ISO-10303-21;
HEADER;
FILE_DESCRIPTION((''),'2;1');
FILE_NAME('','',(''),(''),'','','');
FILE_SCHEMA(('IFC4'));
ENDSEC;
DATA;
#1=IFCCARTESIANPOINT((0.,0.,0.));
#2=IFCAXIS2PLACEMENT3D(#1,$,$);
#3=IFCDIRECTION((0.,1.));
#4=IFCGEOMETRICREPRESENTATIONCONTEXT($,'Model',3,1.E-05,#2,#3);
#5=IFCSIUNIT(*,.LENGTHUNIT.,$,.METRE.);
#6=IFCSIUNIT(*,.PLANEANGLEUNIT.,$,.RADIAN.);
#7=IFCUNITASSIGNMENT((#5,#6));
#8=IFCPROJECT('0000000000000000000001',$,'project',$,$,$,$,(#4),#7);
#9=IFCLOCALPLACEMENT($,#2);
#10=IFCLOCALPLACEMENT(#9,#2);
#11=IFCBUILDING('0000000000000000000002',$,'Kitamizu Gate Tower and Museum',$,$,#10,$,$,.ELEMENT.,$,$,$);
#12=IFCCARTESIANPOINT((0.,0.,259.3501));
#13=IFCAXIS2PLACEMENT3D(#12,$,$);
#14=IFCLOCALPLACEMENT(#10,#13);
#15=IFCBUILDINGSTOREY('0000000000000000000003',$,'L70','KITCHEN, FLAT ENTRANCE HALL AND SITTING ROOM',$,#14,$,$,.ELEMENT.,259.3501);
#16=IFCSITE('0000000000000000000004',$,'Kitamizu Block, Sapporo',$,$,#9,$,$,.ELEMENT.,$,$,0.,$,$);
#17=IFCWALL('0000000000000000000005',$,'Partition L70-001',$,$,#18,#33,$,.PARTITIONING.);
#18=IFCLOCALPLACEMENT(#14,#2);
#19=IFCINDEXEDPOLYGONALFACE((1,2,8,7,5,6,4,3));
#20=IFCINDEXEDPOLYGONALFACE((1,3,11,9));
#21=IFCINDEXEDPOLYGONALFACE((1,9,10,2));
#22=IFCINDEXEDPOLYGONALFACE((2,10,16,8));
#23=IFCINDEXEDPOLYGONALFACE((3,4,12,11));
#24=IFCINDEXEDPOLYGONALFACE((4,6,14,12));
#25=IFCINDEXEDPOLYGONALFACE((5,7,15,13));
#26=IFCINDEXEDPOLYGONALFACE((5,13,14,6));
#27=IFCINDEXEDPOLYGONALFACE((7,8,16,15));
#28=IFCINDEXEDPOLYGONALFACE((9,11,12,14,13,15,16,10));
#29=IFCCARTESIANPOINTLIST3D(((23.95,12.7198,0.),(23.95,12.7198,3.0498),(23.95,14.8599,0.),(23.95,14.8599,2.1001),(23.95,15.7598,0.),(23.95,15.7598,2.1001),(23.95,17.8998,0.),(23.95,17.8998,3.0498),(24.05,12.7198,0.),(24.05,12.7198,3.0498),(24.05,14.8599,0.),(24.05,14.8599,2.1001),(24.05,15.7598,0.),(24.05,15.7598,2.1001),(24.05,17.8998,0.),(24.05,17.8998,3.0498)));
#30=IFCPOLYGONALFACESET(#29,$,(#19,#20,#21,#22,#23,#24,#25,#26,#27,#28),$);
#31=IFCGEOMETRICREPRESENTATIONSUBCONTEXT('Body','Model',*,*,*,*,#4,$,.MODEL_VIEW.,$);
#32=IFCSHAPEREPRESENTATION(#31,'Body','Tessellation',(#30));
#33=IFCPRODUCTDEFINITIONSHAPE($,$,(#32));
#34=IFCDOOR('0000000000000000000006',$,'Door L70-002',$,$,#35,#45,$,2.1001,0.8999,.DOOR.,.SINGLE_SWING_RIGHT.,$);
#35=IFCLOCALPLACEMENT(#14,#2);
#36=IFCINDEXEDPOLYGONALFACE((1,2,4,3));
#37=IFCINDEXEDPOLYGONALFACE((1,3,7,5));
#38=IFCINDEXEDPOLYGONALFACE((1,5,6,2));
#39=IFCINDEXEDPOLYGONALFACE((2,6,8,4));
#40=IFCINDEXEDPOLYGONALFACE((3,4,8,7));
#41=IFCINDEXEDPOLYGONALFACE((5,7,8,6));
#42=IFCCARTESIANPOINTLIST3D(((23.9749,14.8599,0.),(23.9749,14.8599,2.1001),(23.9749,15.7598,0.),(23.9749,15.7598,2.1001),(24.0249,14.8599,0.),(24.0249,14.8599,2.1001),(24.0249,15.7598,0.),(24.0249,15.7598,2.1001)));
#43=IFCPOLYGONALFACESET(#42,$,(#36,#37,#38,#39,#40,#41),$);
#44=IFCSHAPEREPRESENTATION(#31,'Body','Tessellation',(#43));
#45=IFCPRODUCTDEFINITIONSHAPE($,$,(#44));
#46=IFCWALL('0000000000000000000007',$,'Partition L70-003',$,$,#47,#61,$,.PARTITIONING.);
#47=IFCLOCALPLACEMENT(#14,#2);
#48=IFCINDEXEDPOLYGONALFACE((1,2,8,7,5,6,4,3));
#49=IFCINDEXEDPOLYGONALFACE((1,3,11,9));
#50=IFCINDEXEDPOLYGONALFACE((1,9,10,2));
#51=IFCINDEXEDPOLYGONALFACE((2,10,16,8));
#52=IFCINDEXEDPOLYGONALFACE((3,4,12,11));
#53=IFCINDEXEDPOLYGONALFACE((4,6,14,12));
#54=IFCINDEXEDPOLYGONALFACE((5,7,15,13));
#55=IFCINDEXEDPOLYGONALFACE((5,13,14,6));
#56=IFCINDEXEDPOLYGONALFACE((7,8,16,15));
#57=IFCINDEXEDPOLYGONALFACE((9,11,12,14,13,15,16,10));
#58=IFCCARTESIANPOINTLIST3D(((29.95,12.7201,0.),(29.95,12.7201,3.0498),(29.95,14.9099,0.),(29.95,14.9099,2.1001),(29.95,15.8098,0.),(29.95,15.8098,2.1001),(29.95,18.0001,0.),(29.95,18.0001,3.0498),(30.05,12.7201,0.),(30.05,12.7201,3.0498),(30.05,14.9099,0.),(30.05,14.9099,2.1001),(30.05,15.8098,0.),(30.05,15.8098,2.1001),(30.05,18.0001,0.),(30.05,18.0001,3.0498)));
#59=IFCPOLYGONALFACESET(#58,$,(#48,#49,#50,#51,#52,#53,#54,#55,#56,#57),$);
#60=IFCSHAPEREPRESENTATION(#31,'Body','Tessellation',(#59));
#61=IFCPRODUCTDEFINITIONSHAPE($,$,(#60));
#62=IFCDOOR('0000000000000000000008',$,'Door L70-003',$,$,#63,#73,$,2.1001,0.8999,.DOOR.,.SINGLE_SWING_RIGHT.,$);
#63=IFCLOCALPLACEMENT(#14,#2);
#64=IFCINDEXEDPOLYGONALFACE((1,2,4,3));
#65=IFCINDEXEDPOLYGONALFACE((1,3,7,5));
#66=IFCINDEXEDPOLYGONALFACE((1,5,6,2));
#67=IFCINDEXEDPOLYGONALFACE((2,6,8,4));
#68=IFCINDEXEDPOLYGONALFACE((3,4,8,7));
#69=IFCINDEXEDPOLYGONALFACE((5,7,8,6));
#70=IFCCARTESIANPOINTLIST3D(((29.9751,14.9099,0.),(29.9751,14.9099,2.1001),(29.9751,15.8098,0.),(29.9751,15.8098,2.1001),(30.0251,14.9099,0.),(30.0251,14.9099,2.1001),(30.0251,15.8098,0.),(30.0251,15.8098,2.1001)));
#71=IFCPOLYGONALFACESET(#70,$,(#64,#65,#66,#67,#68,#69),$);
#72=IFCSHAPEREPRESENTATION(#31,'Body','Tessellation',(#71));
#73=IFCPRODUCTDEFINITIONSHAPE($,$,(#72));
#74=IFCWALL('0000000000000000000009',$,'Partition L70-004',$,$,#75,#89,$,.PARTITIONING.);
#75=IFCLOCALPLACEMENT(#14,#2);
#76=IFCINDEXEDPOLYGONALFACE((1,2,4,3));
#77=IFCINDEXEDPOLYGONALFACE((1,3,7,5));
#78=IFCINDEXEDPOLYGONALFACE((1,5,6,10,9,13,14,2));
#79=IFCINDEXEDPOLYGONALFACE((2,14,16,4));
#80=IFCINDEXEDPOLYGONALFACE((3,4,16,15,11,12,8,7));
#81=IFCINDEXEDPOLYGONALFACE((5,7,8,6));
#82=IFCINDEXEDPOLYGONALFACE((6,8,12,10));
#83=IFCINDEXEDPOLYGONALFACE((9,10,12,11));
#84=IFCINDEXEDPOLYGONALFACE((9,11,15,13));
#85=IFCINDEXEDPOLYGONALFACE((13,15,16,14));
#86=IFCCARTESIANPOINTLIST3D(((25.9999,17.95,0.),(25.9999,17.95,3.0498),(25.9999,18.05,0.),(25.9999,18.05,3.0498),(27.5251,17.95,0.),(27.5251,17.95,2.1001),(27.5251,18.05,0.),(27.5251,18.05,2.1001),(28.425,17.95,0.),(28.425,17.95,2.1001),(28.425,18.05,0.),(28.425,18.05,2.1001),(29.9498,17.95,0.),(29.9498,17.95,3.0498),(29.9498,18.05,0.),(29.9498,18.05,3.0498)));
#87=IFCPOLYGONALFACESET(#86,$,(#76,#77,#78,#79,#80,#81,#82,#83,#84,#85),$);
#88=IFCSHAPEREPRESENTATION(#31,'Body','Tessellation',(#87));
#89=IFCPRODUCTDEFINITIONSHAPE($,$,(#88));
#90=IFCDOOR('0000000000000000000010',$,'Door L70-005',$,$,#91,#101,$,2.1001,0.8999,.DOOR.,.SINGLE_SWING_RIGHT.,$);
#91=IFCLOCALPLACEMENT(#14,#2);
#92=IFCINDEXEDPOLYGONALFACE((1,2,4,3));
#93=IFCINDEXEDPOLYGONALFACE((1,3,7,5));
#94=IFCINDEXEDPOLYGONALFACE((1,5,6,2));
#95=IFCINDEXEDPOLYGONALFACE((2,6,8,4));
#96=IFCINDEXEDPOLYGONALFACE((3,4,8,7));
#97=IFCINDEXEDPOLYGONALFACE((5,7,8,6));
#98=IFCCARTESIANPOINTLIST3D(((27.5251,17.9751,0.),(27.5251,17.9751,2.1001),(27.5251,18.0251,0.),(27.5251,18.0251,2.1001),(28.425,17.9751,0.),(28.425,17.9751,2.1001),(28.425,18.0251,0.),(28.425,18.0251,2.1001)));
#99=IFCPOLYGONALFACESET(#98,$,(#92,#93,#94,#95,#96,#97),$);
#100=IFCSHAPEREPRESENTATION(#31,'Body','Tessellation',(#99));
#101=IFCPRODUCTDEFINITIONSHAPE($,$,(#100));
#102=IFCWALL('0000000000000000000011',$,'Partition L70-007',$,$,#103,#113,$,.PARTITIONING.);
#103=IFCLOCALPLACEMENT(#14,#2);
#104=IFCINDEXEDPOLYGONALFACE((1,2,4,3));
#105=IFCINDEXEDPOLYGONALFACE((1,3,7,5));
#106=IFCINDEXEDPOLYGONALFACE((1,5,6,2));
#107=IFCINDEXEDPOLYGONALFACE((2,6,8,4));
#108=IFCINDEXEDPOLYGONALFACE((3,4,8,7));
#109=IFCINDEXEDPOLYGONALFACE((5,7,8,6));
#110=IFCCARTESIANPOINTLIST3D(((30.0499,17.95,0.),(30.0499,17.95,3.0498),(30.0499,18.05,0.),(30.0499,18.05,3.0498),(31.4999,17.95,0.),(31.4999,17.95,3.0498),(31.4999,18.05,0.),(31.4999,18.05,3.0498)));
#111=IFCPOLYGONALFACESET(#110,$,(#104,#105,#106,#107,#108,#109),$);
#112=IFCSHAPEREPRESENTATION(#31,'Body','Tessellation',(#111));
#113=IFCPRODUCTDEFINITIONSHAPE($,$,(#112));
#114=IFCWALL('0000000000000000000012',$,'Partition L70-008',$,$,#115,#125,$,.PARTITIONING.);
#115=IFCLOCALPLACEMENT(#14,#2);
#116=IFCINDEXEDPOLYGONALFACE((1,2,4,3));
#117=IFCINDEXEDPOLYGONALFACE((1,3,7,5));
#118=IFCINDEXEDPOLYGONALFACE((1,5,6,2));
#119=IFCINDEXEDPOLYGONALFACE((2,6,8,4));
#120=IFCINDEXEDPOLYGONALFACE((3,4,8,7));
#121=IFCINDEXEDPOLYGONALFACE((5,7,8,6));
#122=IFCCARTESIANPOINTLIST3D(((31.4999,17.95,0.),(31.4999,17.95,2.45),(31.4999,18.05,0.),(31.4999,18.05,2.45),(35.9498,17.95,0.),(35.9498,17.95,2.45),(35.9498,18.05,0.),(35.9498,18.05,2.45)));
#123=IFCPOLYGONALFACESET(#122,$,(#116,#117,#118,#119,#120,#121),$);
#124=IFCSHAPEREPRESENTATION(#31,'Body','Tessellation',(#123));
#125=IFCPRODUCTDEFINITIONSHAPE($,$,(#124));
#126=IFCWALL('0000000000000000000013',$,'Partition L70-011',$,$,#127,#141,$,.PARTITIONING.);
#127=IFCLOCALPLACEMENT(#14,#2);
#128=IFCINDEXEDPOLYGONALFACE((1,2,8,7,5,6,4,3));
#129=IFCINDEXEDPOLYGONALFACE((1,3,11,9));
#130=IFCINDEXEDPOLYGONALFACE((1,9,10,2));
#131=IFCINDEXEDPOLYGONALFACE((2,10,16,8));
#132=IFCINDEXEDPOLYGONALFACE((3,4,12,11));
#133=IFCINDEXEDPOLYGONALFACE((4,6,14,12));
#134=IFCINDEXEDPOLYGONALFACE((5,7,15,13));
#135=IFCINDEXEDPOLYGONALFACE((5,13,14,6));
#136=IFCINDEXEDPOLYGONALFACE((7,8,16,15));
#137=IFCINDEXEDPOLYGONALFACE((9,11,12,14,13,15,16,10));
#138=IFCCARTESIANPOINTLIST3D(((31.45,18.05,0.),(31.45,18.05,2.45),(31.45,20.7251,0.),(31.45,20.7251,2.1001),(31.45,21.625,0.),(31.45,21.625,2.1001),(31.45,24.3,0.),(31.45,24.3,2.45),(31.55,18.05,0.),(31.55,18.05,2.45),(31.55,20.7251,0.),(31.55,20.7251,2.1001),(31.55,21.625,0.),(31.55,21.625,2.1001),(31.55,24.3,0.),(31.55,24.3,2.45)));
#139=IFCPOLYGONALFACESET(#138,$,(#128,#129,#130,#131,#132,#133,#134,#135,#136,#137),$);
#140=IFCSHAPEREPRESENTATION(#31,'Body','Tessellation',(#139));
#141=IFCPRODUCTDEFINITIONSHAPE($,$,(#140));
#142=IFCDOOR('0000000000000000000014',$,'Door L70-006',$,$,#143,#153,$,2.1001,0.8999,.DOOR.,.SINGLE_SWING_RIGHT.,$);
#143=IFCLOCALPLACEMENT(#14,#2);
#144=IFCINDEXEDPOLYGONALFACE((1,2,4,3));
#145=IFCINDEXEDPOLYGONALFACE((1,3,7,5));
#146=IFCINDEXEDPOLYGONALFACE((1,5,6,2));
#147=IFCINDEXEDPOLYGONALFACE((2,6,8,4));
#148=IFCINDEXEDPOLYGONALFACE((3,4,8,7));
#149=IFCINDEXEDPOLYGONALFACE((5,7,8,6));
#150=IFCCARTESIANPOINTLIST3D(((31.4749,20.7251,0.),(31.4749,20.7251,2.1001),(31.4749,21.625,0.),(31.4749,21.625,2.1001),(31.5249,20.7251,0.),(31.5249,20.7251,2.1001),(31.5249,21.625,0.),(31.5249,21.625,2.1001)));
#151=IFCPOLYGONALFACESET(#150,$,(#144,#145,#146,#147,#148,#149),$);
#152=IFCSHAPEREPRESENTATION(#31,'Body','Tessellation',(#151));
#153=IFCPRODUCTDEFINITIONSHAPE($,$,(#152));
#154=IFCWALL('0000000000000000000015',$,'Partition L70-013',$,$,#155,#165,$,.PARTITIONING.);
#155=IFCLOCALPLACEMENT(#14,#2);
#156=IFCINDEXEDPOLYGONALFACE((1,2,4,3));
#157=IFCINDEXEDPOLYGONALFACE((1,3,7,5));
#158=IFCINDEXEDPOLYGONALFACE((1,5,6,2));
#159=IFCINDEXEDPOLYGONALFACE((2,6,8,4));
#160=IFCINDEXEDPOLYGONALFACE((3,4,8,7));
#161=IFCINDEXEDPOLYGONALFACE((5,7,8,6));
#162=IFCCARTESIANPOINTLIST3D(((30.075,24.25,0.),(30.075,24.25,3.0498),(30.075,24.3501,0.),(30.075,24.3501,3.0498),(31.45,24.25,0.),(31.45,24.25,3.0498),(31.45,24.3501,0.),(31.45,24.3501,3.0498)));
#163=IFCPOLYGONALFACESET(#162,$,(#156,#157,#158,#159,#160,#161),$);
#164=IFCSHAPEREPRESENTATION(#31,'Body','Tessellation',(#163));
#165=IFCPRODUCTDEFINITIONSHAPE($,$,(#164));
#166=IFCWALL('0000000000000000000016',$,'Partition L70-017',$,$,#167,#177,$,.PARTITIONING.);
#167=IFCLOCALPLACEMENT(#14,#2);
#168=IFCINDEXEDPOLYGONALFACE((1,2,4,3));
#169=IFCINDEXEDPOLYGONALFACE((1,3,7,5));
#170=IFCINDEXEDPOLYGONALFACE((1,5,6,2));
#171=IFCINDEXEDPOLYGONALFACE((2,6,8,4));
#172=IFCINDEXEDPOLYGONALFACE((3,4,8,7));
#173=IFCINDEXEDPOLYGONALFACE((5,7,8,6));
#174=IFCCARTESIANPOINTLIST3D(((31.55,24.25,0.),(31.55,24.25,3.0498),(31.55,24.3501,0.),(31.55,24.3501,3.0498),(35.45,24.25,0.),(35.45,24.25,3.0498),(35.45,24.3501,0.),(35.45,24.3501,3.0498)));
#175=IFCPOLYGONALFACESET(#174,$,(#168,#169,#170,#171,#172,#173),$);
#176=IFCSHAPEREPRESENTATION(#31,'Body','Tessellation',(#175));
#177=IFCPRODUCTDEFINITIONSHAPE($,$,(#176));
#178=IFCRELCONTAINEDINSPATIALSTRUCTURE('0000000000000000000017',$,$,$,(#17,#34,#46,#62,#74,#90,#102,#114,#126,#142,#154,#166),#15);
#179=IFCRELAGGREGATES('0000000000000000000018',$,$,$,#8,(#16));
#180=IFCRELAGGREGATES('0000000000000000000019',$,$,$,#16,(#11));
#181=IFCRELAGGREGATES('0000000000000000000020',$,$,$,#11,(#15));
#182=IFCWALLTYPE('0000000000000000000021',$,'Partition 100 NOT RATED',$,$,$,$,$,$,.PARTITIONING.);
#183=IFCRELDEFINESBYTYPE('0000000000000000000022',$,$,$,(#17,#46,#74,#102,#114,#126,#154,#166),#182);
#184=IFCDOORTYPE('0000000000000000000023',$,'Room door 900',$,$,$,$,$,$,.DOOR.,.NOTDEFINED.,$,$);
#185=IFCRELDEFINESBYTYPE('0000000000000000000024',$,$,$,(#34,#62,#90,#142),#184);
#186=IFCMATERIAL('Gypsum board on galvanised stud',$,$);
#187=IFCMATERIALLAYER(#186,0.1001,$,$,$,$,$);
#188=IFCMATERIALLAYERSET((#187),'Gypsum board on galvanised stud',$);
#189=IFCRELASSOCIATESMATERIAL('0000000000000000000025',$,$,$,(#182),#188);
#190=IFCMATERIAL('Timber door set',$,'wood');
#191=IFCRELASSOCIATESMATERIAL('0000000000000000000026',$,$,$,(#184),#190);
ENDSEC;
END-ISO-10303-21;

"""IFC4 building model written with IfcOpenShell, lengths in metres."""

from ifc_helpers import new_model, si_unit, direction, frame, frame_2d, origin, place, context, subcontext, project, spatial, rectangle, extrude, material, layer, layer_set, type_object, element, fill, save


model = new_model("IFC4")

# Units and contexts
model_context = context("Model", 3, precision=1e-05, world=origin(), true_north=direction((0.0, 1.0)))
body_context = subcontext(model_context, "Body", "Model", "MODEL_VIEW")
ifc_project = project(units=[si_unit("LENGTHUNIT", "METRE"), si_unit("PLANEANGLEUNIT", "RADIAN")], contexts=[model_context])

# Site, building, storey
site_placement = place(None, origin())
site = spatial("IfcSite", under=ifc_project, at=site_placement, Name="Kitamizu Block, Sapporo", CompositionType="ELEMENT", RefElevation=0.0)
building_placement = place(site_placement, origin())
building = spatial("IfcBuilding", under=site, at=building_placement, Name="Kitamizu Gate Tower and Museum", CompositionType="ELEMENT")
storey_placement = place(building_placement, frame((0.0, 0.0, 259.3501)))
storey = spatial("IfcBuildingStorey", under=building, at=storey_placement, Name="L70", Description="KITCHEN, FLAT ENTRANCE HALL AND SITTING ROOM", CompositionType="ELEMENT", Elevation=259.3501)

# Walls, openings, doors
ifc_material_1 = material(Name="Gypsum board on galvanised stud")
ifc_layer_1 = layer(ifc_material_1, 0.1001)
ifc_layer_set_1 = layer_set([ifc_layer_1], Name="Gypsum board on galvanised stud")
wall_type_1 = type_object("IfcWallType", Name="Partition 100 NOT RATED", PredefinedType="PARTITIONING", material=ifc_layer_set_1)
wall_1_placement = place(storey_placement, frame((24.0, 12.72, 0.0), z_axis=(0.0, 0.0, 1.0), x_axis=(0.0, 1.0, 0.0)))
wall_1 = element("IfcWall", 1, at=wall_1_placement, inside=storey, type_object=wall_type_1, Name="Partition L70-001", PredefinedType="PARTITIONING", context=body_context, shape_type="SweptSolid", body=[
    extrude(rectangle(XDim=5.1799, YDim=0.1001, at=frame_2d((2.5898, 0.0))), origin(), (0.0, 0.0, 1.0), 3.0498),
])
opening_1_placement = place(wall_1_placement, frame((2.1399, 0.0, 0.0)))
opening_1 = element("IfcOpeningElement", 2, at=opening_1_placement, cuts=wall_1, PredefinedType="OPENING", context=body_context, shape_type="SweptSolid", body=[
    extrude(rectangle(XDim=0.8999, YDim=2.1001, at=frame_2d((0.45, 1.05))), frame((0.0, 0.0601, 0.0), z_axis=(0.0, -1.0, 0.0), x_axis=(1.0, 0.0, 0.0)), (0.0, 0.0, 1.0), 0.1201),
])
ifc_material_2 = material(Name="Timber door set", Category="wood")
door_type_1 = type_object("IfcDoorType", Name="Room door 900", OperationType="NOTDEFINED", PredefinedType="DOOR", material=ifc_material_2)
door_1_placement = place(opening_1_placement, frame((0.8999, 0.0, 0.0), x_axis=(-1.0, 0.0, 0.0)))
door_1 = element("IfcDoor", 3, at=door_1_placement, inside=storey, type_object=door_type_1, Name="Door L70-002", OperationType="SINGLE_SWING_RIGHT", OverallHeight=2.1001, OverallWidth=0.8999, PredefinedType="DOOR", context=body_context, shape_type="SweptSolid", body=[
    extrude(rectangle(XDim=0.8999, YDim=2.1001, at=frame_2d((0.45, 1.05))), frame((0.0, 0.0249, 0.0), z_axis=(0.0, -1.0, 0.0), x_axis=(1.0, 0.0, 0.0)), (0.0, 0.0, 1.0), 0.05),
])
fill(opening_1, door_1)
wall_2_placement = place(storey_placement, frame((30.0, 12.72, 0.0), z_axis=(0.0, 0.0, 1.0), x_axis=(0.0, 1.0, 0.0)))
wall_2 = element("IfcWall", 4, at=wall_2_placement, inside=storey, type_object=wall_type_1, Name="Partition L70-003", PredefinedType="PARTITIONING", context=body_context, shape_type="SweptSolid", body=[
    extrude(rectangle(XDim=5.28, YDim=0.1001, at=frame_2d((2.6401, 0.0))), origin(), (0.0, 0.0, 1.0), 3.0498),
])
opening_2_placement = place(wall_2_placement, frame((2.1899, 0.0, 0.0)))
opening_2 = element("IfcOpeningElement", 5, at=opening_2_placement, cuts=wall_2, PredefinedType="OPENING", context=body_context, shape_type="SweptSolid", body=[
    extrude(rectangle(XDim=0.8999, YDim=2.1001, at=frame_2d((0.45, 1.05))), frame((0.0, 0.0601, 0.0), z_axis=(0.0, -1.0, 0.0), x_axis=(1.0, 0.0, 0.0)), (0.0, 0.0, 1.0), 0.1201),
])
door_2_placement = place(opening_2_placement, origin())
door_2 = element("IfcDoor", 6, at=door_2_placement, inside=storey, type_object=door_type_1, Name="Door L70-003", OperationType="SINGLE_SWING_RIGHT", OverallHeight=2.1001, OverallWidth=0.8999, PredefinedType="DOOR", context=body_context, shape_type="SweptSolid", body=[
    extrude(rectangle(XDim=0.8999, YDim=2.1001, at=frame_2d((0.45, 1.05))), frame((0.0, 0.0249, 0.0), z_axis=(0.0, -1.0, 0.0), x_axis=(1.0, 0.0, 0.0)), (0.0, 0.0, 1.0), 0.05),
])
fill(opening_2, door_2)
wall_3_placement = place(storey_placement, frame((29.95, 18.0, 0.0), z_axis=(0.0, 0.0, 1.0), x_axis=(-1.0, 0.0, 0.0)))
wall_3 = element("IfcWall", 7, at=wall_3_placement, inside=storey, type_object=wall_type_1, Name="Partition L70-004", PredefinedType="PARTITIONING", context=body_context, shape_type="SweptSolid", body=[
    extrude(rectangle(XDim=3.95, YDim=0.1001, at=frame_2d((1.9751, 0.0))), origin(), (0.0, 0.0, 1.0), 3.0498),
])
opening_3_placement = place(wall_3_placement, frame((1.5249, 0.0, 0.0)))
opening_3 = element("IfcOpeningElement", 8, at=opening_3_placement, cuts=wall_3, PredefinedType="OPENING", context=body_context, shape_type="SweptSolid", body=[
    extrude(rectangle(XDim=0.8999, YDim=2.1001, at=frame_2d((0.45, 1.05))), frame((0.0, 0.0601, 0.0), z_axis=(0.0, -1.0, 0.0), x_axis=(1.0, 0.0, 0.0)), (0.0, 0.0, 1.0), 0.1201),
])
door_3_placement = place(opening_3_placement, origin())
door_3 = element("IfcDoor", 9, at=door_3_placement, inside=storey, type_object=door_type_1, Name="Door L70-005", OperationType="SINGLE_SWING_RIGHT", OverallHeight=2.1001, OverallWidth=0.8999, PredefinedType="DOOR", context=body_context, shape_type="SweptSolid", body=[
    extrude(rectangle(XDim=0.8999, YDim=2.1001, at=frame_2d((0.45, 1.05))), frame((0.0, 0.0249, 0.0), z_axis=(0.0, -1.0, 0.0), x_axis=(1.0, 0.0, 0.0)), (0.0, 0.0, 1.0), 0.05),
])
fill(opening_3, door_3)

# Walls
wall_4_placement = place(storey_placement, frame((31.5, 18.0, 0.0), z_axis=(0.0, 0.0, 1.0), x_axis=(-1.0, 0.0, 0.0)))
element("IfcWall", 10, at=wall_4_placement, inside=storey, type_object=wall_type_1, Name="Partition L70-007", PredefinedType="PARTITIONING", context=body_context, shape_type="SweptSolid", body=[
    extrude(rectangle(XDim=1.45, YDim=0.1001, at=frame_2d((0.7251, 0.0))), origin(), (0.0, 0.0, 1.0), 3.0498),
])
wall_5_placement = place(storey_placement, frame((35.95, 18.0, 0.0), z_axis=(0.0, 0.0, 1.0), x_axis=(-1.0, 0.0, 0.0)))
element("IfcWall", 11, at=wall_5_placement, inside=storey, type_object=wall_type_1, Name="Partition L70-008", PredefinedType="PARTITIONING", context=body_context, shape_type="SweptSolid", body=[
    extrude(rectangle(XDim=4.45, YDim=0.1001, at=frame_2d((2.2251, 0.0))), origin(), (0.0, 0.0, 1.0), 2.45),
])

# Wall, opening, door
wall_6_placement = place(storey_placement, frame((31.5, 18.05, 0.0), z_axis=(0.0, 0.0, 1.0), x_axis=(0.0, 1.0, 0.0)))
wall_6 = element("IfcWall", 12, at=wall_6_placement, inside=storey, type_object=wall_type_1, Name="Partition L70-011", PredefinedType="PARTITIONING", context=body_context, shape_type="SweptSolid", body=[
    extrude(rectangle(XDim=6.25, YDim=0.1001, at=frame_2d((3.125, 0.0))), origin(), (0.0, 0.0, 1.0), 2.45),
])
opening_4_placement = place(wall_6_placement, frame((2.675, 0.0, 0.0)))
opening_4 = element("IfcOpeningElement", 13, at=opening_4_placement, cuts=wall_6, PredefinedType="OPENING", context=body_context, shape_type="SweptSolid", body=[
    extrude(rectangle(XDim=0.8999, YDim=2.1001, at=frame_2d((0.45, 1.05))), frame((0.0, 0.0601, 0.0), z_axis=(0.0, -1.0, 0.0), x_axis=(1.0, 0.0, 0.0)), (0.0, 0.0, 1.0), 0.1201),
])
door_4_placement = place(opening_4_placement, frame((0.8999, 0.0, 0.0), x_axis=(-1.0, 0.0, 0.0)))
door_4 = element("IfcDoor", 14, at=door_4_placement, inside=storey, type_object=door_type_1, Name="Door L70-006", OperationType="SINGLE_SWING_RIGHT", OverallHeight=2.1001, OverallWidth=0.8999, PredefinedType="DOOR", context=body_context, shape_type="SweptSolid", body=[
    extrude(rectangle(XDim=0.8999, YDim=2.1001, at=frame_2d((0.45, 1.05))), frame((0.0, 0.0249, 0.0), z_axis=(0.0, -1.0, 0.0), x_axis=(1.0, 0.0, 0.0)), (0.0, 0.0, 1.0), 0.05),
])
fill(opening_4, door_4)

# Walls
wall_7_placement = place(storey_placement, frame((31.45, 24.3, 0.0), z_axis=(0.0, 0.0, 1.0), x_axis=(-1.0, 0.0, 0.0)))
element("IfcWall", 15, at=wall_7_placement, inside=storey, type_object=wall_type_1, Name="Partition L70-013", PredefinedType="PARTITIONING", context=body_context, shape_type="SweptSolid", body=[
    extrude(rectangle(XDim=1.375, YDim=0.1001, at=frame_2d((0.6875, 0.0))), origin(), (0.0, 0.0, 1.0), 3.0498),
])
wall_8_placement = place(storey_placement, frame((35.45, 24.3, 0.0), z_axis=(0.0, 0.0, 1.0), x_axis=(-1.0, 0.0, 0.0)))
element("IfcWall", 16, at=wall_8_placement, inside=storey, type_object=wall_type_1, Name="Partition L70-017", PredefinedType="PARTITIONING", context=body_context, shape_type="SweptSolid", body=[
    extrude(rectangle(XDim=3.8999, YDim=0.1001, at=frame_2d((1.95, 0.0))), origin(), (0.0, 0.0, 1.0), 3.0498),
])

save(model, "model.ifc")
